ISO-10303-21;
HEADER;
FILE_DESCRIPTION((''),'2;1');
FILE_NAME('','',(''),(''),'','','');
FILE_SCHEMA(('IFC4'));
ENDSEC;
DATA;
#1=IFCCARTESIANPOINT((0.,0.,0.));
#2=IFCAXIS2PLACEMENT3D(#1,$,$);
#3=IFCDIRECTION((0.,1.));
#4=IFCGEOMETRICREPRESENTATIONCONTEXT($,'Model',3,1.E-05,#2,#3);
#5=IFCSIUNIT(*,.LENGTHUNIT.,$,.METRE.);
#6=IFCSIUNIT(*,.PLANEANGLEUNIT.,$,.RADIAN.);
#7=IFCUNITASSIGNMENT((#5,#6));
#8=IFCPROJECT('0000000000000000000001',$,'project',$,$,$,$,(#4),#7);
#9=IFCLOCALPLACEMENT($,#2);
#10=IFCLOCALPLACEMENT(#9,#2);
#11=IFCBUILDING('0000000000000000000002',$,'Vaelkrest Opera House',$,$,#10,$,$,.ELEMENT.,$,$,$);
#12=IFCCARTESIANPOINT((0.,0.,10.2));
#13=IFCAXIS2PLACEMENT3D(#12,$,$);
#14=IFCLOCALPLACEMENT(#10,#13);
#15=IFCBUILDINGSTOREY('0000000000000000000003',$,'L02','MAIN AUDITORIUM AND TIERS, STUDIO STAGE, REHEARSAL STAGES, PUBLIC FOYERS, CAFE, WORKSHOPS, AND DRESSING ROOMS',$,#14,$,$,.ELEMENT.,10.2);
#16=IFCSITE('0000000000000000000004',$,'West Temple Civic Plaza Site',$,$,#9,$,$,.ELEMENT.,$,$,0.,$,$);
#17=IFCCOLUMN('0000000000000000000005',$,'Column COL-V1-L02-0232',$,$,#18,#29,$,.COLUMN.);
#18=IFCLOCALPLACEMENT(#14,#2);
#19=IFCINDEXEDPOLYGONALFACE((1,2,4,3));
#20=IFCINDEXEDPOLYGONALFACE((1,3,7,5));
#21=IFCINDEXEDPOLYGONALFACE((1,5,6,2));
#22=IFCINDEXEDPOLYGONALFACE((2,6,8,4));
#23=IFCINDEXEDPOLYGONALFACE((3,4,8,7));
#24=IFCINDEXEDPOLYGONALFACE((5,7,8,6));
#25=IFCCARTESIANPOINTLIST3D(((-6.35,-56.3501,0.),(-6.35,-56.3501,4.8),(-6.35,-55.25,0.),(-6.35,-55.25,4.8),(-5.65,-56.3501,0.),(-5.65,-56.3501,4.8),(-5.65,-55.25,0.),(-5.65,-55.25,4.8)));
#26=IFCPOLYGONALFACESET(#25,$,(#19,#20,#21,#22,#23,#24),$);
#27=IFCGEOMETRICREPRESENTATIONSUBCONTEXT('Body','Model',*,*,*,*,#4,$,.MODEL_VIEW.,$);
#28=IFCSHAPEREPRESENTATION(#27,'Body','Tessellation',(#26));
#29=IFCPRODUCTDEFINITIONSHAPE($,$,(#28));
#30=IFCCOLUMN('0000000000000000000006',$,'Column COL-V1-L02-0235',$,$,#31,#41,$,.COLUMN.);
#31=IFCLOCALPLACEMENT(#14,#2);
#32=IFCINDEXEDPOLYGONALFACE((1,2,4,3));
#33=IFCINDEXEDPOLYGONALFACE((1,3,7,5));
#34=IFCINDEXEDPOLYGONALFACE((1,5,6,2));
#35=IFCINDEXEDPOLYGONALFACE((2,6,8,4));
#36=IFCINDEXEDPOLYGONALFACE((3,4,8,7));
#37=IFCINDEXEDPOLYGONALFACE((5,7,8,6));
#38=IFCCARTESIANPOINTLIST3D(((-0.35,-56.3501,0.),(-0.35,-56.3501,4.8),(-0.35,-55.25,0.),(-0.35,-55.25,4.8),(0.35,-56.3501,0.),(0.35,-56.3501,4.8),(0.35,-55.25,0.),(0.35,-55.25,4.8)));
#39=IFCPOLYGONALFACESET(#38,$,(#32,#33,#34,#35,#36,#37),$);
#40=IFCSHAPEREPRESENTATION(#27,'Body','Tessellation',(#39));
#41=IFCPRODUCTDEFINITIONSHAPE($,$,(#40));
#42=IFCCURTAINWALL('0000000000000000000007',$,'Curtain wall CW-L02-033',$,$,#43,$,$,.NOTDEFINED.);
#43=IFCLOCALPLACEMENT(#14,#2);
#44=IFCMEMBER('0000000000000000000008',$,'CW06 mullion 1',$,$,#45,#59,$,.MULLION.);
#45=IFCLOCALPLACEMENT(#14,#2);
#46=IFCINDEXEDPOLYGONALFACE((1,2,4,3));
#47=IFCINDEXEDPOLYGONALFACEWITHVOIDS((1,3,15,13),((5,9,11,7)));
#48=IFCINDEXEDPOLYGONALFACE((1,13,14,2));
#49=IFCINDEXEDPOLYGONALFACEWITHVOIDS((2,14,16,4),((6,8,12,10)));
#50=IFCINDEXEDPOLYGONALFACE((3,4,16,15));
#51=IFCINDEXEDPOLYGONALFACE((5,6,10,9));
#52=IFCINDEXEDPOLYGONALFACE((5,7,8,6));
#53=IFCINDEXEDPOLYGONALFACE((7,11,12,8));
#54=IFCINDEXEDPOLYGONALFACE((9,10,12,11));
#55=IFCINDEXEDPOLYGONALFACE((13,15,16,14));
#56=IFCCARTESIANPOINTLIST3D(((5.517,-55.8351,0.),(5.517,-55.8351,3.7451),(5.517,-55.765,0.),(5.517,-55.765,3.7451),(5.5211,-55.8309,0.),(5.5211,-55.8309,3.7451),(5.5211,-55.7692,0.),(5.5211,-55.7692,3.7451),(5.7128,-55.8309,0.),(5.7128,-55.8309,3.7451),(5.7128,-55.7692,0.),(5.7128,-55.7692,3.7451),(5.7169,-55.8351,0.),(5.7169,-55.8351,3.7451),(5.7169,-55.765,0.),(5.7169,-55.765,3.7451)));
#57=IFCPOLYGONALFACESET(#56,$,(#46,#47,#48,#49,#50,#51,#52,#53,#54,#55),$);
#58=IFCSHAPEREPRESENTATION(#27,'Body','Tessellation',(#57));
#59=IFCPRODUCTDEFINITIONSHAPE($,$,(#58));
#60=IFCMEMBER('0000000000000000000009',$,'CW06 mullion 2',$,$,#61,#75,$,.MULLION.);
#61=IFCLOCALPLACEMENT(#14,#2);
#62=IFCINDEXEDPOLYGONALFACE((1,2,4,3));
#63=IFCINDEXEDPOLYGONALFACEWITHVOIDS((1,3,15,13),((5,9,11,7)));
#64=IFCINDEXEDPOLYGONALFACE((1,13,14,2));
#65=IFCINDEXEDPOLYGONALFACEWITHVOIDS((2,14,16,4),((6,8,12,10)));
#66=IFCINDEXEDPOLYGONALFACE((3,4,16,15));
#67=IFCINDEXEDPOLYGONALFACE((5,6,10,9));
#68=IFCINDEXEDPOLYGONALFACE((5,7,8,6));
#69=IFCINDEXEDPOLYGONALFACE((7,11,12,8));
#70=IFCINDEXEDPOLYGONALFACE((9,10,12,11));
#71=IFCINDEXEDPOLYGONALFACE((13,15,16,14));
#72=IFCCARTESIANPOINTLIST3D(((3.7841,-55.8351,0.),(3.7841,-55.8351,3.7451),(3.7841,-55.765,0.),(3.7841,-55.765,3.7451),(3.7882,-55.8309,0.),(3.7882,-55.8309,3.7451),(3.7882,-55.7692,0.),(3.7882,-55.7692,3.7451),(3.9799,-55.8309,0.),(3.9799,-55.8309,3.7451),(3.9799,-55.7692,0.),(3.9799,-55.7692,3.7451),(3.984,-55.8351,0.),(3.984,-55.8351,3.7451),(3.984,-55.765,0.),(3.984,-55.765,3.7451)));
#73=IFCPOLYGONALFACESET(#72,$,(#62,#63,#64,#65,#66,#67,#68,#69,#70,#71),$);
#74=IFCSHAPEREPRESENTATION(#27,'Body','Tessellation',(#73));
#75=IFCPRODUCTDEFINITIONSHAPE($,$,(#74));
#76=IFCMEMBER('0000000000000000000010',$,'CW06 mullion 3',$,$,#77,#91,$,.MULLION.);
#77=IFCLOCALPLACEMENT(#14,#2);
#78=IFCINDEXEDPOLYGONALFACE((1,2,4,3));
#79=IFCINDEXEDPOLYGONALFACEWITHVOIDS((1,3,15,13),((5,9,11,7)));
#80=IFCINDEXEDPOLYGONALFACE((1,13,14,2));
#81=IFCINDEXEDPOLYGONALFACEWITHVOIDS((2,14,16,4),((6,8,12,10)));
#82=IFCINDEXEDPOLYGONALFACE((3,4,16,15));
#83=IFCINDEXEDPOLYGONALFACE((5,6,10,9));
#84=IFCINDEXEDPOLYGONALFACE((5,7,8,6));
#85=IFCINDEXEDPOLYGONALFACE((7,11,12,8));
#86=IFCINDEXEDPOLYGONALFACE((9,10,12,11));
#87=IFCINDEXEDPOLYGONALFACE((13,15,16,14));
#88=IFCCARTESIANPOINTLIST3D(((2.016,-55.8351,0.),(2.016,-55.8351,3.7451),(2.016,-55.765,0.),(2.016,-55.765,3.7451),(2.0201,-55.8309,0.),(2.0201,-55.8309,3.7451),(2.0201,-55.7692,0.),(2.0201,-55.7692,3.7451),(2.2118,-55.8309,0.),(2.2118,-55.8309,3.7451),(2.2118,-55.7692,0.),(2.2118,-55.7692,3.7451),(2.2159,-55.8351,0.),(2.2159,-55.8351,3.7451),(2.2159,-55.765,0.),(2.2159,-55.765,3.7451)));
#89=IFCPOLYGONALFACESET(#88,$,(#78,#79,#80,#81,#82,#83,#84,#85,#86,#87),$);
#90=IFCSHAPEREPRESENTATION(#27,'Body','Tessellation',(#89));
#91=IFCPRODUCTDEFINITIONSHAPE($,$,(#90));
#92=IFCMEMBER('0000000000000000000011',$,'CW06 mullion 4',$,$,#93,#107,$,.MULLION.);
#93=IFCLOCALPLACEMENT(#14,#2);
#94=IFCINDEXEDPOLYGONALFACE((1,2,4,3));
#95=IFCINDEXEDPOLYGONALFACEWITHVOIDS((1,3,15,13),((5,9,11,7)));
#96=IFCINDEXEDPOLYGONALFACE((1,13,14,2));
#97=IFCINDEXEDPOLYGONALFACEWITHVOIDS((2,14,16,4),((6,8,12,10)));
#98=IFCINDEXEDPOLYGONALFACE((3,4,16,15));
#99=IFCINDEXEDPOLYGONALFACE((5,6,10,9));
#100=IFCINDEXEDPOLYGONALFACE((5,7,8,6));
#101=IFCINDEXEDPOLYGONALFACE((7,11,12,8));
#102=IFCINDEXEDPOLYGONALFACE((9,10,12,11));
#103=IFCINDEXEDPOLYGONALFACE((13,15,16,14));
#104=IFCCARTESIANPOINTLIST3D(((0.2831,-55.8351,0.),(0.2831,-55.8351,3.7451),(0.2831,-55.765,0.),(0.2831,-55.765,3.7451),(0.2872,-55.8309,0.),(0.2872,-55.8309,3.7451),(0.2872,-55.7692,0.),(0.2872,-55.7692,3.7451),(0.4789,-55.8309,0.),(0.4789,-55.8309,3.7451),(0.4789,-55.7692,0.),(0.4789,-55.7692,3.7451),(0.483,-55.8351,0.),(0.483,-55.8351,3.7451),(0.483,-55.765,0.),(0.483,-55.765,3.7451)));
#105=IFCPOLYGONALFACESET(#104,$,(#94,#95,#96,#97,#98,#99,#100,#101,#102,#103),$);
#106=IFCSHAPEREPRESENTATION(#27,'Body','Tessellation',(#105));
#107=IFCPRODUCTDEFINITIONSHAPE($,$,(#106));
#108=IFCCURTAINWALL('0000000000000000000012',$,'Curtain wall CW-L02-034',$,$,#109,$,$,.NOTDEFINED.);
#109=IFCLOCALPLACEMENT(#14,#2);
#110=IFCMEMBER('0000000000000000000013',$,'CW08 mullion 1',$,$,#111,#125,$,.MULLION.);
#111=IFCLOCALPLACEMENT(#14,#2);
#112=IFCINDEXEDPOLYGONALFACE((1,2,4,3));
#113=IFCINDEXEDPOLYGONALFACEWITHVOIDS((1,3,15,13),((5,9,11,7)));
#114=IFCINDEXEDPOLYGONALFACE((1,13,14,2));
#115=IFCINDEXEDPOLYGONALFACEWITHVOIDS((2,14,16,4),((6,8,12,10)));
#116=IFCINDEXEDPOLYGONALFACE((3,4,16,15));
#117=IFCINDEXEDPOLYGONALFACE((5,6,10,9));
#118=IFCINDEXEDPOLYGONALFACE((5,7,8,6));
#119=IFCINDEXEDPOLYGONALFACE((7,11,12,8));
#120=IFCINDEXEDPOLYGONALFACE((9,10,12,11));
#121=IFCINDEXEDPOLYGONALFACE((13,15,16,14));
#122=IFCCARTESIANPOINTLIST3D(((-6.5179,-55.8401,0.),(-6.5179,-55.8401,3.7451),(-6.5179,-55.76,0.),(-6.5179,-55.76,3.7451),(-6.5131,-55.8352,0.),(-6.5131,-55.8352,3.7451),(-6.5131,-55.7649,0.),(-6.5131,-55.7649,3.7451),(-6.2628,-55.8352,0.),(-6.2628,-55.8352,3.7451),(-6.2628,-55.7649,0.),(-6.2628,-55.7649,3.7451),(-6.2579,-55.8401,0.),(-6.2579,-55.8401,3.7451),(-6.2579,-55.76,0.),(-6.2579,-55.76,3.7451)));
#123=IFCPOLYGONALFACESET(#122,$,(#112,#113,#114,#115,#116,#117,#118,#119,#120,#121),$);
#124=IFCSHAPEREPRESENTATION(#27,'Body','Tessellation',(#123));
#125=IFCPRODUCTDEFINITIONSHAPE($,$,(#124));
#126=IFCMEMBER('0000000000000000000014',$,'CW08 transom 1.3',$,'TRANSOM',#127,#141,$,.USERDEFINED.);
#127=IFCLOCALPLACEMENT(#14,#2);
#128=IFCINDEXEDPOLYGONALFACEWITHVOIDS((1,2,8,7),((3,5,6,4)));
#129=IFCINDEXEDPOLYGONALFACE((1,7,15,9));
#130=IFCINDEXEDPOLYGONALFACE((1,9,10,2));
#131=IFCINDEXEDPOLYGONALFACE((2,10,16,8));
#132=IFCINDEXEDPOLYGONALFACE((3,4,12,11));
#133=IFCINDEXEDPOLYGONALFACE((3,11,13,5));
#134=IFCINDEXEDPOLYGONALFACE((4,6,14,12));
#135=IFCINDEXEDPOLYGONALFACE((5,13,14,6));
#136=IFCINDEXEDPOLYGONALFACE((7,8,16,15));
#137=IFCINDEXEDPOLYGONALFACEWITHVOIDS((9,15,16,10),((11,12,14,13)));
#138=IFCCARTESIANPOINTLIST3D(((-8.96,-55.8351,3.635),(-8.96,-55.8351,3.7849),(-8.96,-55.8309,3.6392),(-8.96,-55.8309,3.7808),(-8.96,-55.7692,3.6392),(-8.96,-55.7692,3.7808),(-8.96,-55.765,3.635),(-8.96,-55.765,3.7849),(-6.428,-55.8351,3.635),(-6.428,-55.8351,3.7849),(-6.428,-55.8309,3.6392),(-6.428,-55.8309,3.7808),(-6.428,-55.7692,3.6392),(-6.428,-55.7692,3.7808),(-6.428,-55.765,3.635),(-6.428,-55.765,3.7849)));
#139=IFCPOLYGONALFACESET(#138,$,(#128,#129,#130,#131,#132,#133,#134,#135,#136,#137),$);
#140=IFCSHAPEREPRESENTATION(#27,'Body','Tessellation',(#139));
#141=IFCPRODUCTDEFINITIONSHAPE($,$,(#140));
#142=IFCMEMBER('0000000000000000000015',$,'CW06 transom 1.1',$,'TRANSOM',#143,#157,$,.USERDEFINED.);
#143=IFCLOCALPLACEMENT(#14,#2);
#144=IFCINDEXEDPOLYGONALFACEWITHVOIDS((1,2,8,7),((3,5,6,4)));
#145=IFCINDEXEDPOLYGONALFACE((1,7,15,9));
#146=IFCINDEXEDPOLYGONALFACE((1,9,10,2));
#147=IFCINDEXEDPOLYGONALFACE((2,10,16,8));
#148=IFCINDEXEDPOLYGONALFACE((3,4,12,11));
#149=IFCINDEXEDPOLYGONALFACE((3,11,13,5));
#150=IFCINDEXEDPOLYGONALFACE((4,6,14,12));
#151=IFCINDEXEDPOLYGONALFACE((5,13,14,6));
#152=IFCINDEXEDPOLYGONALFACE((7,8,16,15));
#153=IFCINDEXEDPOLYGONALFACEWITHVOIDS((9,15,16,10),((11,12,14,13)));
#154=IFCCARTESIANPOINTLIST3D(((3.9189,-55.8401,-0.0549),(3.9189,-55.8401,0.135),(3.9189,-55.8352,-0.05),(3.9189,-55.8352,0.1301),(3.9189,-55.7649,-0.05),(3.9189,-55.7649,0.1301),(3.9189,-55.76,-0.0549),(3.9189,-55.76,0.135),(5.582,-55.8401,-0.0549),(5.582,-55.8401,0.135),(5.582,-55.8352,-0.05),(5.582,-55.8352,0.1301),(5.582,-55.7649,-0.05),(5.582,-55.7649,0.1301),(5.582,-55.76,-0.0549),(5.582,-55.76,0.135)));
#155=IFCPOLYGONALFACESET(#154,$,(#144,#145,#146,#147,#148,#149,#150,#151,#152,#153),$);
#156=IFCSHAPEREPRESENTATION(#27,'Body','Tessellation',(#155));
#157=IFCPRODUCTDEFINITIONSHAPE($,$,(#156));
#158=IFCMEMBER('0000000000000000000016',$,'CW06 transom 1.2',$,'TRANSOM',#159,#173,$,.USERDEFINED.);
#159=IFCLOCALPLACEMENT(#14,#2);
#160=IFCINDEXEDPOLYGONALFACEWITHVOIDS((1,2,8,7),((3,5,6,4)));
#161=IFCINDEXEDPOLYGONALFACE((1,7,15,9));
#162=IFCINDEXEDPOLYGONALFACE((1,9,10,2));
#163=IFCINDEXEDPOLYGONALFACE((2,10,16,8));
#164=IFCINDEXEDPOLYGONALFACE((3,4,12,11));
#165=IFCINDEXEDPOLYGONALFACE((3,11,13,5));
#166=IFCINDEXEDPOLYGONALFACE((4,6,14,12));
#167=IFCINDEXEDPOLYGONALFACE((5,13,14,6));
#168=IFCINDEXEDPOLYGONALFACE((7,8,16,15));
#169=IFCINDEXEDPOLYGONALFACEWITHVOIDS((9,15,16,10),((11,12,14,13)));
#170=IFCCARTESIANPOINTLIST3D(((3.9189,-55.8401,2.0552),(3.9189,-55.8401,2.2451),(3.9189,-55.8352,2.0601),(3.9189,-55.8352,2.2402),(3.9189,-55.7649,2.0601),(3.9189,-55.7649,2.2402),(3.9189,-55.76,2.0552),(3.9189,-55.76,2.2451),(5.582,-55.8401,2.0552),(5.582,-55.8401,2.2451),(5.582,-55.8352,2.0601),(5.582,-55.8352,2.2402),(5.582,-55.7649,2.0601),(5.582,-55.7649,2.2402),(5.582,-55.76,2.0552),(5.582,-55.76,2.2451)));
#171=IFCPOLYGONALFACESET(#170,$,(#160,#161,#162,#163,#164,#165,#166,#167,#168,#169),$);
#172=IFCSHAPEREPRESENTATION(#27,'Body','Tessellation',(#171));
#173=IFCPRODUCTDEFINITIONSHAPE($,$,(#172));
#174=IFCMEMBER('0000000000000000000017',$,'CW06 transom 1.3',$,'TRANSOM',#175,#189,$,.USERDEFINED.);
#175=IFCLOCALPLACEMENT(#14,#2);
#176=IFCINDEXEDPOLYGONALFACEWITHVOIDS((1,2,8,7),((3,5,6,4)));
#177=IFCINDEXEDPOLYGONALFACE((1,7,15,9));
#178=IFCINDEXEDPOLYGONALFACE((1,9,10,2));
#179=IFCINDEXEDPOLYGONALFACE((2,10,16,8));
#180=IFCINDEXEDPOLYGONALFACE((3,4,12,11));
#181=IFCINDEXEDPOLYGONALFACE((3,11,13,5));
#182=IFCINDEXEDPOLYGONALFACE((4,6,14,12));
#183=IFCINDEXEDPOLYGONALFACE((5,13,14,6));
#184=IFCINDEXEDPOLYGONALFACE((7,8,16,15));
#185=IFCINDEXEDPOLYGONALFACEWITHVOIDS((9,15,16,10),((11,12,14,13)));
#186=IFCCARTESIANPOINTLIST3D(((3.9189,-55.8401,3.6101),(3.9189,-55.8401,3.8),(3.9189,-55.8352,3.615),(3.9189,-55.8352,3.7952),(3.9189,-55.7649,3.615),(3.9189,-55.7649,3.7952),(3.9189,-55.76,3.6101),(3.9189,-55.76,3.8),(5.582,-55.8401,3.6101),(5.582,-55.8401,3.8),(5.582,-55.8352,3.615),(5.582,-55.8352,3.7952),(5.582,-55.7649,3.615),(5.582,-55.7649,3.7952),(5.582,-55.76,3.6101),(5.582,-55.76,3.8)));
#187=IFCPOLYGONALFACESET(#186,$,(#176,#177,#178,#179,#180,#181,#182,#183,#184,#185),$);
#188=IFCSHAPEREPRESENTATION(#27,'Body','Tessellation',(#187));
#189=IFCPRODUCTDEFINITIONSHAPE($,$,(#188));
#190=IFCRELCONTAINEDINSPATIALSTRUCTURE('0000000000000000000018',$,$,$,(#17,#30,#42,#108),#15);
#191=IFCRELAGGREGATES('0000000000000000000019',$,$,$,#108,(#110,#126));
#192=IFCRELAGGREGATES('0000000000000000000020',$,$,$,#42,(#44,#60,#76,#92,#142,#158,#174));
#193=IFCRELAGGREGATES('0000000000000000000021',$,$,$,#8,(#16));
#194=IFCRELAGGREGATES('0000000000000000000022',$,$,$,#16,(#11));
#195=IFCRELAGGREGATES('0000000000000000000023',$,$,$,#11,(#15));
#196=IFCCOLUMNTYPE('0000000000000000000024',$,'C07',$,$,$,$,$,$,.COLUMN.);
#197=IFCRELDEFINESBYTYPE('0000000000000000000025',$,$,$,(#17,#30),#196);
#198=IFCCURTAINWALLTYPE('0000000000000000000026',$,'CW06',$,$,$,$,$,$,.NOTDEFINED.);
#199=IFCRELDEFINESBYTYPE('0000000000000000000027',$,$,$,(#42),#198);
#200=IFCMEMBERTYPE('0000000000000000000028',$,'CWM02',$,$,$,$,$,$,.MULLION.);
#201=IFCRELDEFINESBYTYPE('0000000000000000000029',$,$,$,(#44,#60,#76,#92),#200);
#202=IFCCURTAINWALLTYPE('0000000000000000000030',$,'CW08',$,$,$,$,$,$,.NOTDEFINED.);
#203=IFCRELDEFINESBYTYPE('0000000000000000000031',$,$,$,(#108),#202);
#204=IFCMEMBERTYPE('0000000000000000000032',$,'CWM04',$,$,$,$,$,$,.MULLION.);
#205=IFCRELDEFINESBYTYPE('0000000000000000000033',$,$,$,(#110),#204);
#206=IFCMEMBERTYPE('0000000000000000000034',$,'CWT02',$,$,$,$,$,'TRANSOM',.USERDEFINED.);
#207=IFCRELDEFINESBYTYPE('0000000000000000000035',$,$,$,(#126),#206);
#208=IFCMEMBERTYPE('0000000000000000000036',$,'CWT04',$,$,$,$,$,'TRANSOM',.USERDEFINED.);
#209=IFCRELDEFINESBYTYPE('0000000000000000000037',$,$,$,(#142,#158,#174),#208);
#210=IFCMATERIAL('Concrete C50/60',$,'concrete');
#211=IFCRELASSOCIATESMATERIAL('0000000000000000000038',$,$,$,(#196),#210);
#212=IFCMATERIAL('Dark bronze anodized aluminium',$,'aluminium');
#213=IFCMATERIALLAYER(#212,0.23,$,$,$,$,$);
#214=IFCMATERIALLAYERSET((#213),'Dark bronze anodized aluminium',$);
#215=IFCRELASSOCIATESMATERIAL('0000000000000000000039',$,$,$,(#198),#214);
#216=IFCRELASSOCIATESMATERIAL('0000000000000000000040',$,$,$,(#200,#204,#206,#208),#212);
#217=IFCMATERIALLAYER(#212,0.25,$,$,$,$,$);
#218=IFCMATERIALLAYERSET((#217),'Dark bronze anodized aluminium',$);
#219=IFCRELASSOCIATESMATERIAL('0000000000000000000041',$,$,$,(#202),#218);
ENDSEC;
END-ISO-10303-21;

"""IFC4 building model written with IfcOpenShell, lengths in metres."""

from ifc_helpers import new_model, si_unit, direction, frame, origin, origin_2d, place, context, subcontext, project, spatial, rectangle, hollow_rectangle, extrude, material, layer, layer_set, material_profile, profile_set, type_object, element, aggregate, save


model = new_model("IFC4")

# Units and contexts
model_context = context("Model", 3, precision=1e-05, world=origin(), true_north=direction((0.0, 1.0)))
body_context = subcontext(model_context, "Body", "Model", "MODEL_VIEW")
ifc_project = project(units=[si_unit("LENGTHUNIT", "METRE"), si_unit("PLANEANGLEUNIT", "RADIAN")], contexts=[model_context])

# Site, building, storey
site_placement = place(None, origin())
site = spatial("IfcSite", under=ifc_project, at=site_placement, Name="West Temple Civic Plaza Site", CompositionType="ELEMENT", RefElevation=0.0)
building_placement = place(site_placement, origin())
building = spatial("IfcBuilding", under=site, at=building_placement, Name="Vaelkrest Opera House", CompositionType="ELEMENT")
storey_placement = place(building_placement, frame((0.0, 0.0, 10.2)))
storey = spatial("IfcBuildingStorey", under=building, at=storey_placement, Name="L02", Description="MAIN AUDITORIUM AND TIERS, STUDIO STAGE, REHEARSAL STAGES, PUBLIC FOYERS, CAFE, WORKSHOPS, AND DRESSING ROOMS", CompositionType="ELEMENT", Elevation=10.2)

# Columns
ifc_material_1 = material(Name="Concrete C50/60", Category="concrete")
ifc_material_profile_1 = material_profile(ifc_material_1, rectangle(XDim=0.7, YDim=1.1001, at=origin_2d()), Name="RC700X1100")
ifc_profile_set_1 = profile_set([ifc_material_profile_1], Name="Concrete C50/60")
column_type = type_object("IfcColumnType", Name="C07", PredefinedType="COLUMN", material=ifc_profile_set_1)
for number, where, z_axis, x_axis, name in (
    (1, (-6.0, -55.8, 0.0), (0.0, 0.0, 1.0), (1.0, 0.0, 0.0), "Column COL-V1-L02-0232"),
    (2, (0.0, -55.8, 0.0), (0.0, 0.0, 1.0), (1.0, 0.0, 0.0), "Column COL-V1-L02-0235"),
):
    element("IfcColumn", number, at=place(storey_placement, frame(where, z_axis=z_axis, x_axis=x_axis)), inside=storey, type_object=column_type, Name=name, PredefinedType="COLUMN", context=body_context, shape_type="SweptSolid", body=[
        extrude(rectangle(XDim=0.7, YDim=1.1001, at=origin_2d()), origin(), (0.0, 0.0, 1.0), 4.8),
    ])

# Curtain walls, members
ifc_material_2 = material(Name="Dark bronze anodized aluminium", Category="aluminium")
ifc_layer_1 = layer(ifc_material_2, 0.23)
ifc_layer_set_1 = layer_set([ifc_layer_1], Name="Dark bronze anodized aluminium")
curtain_wall_type_1 = type_object("IfcCurtainWallType", Name="CW06", PredefinedType="NOTDEFINED", material=ifc_layer_set_1)
curtain_wall_1_placement = place(storey_placement, origin())
curtain_wall_1 = element("IfcCurtainWall", 3, at=curtain_wall_1_placement, inside=storey, type_object=curtain_wall_type_1, Name="Curtain wall CW-L02-033", PredefinedType="NOTDEFINED")
ifc_material_profile_2 = material_profile(ifc_material_2, hollow_rectangle(XDim=0.0701, YDim=0.2, WallThickness=0.0042, at=origin_2d()), Name="CWM70X200")
ifc_profile_set_2 = profile_set([ifc_material_profile_2], Name="Dark bronze anodized aluminium")
member_type_1 = type_object("IfcMemberType", Name="CWM02", PredefinedType="MULLION", material=ifc_profile_set_2)
member_1_placement = place(storey_placement, frame((5.6169, -55.8, 0.0), z_axis=(0.0, 0.0, 1.0), x_axis=(0.0, -1.0, 0.0)))
member_1 = element("IfcMember", 4, at=member_1_placement, type_object=member_type_1, Name="CW06 mullion 1", PredefinedType="MULLION", context=body_context, shape_type="SweptSolid", body=[
    extrude(hollow_rectangle(XDim=0.0701, YDim=0.2, WallThickness=0.0042, at=origin_2d()), origin(), (0.0, 0.0, 1.0), 3.7451),
])
member_2_placement = place(storey_placement, frame((3.884, -55.8, 0.0), z_axis=(0.0, 0.0, 1.0), x_axis=(0.0, -1.0, 0.0)))
member_2 = element("IfcMember", 5, at=member_2_placement, type_object=member_type_1, Name="CW06 mullion 2", PredefinedType="MULLION", context=body_context, shape_type="SweptSolid", body=[
    extrude(hollow_rectangle(XDim=0.0701, YDim=0.2, WallThickness=0.0042, at=origin_2d()), origin(), (0.0, 0.0, 1.0), 3.7451),
])
member_3_placement = place(storey_placement, frame((2.116, -55.8, 0.0), z_axis=(0.0, 0.0, 1.0), x_axis=(0.0, -1.0, 0.0)))
member_3 = element("IfcMember", 6, at=member_3_placement, type_object=member_type_1, Name="CW06 mullion 3", PredefinedType="MULLION", context=body_context, shape_type="SweptSolid", body=[
    extrude(hollow_rectangle(XDim=0.0701, YDim=0.2, WallThickness=0.0042, at=origin_2d()), origin(), (0.0, 0.0, 1.0), 3.7451),
])
member_4_placement = place(storey_placement, frame((0.3831, -55.8, 0.0), z_axis=(0.0, 0.0, 1.0), x_axis=(0.0, -1.0, 0.0)))
member_4 = element("IfcMember", 7, at=member_4_placement, type_object=member_type_1, Name="CW06 mullion 4", PredefinedType="MULLION", context=body_context, shape_type="SweptSolid", body=[
    extrude(hollow_rectangle(XDim=0.0701, YDim=0.2, WallThickness=0.0042, at=origin_2d()), origin(), (0.0, 0.0, 1.0), 3.7451),
])
ifc_layer_2 = layer(ifc_material_2, 0.25)
ifc_layer_set_2 = layer_set([ifc_layer_2], Name="Dark bronze anodized aluminium")
curtain_wall_type_2 = type_object("IfcCurtainWallType", Name="CW08", PredefinedType="NOTDEFINED", material=ifc_layer_set_2)
curtain_wall_2_placement = place(storey_placement, origin())
curtain_wall_2 = element("IfcCurtainWall", 8, at=curtain_wall_2_placement, inside=storey, type_object=curtain_wall_type_2, Name="Curtain wall CW-L02-034", PredefinedType="NOTDEFINED")
ifc_material_profile_3 = material_profile(ifc_material_2, hollow_rectangle(XDim=0.0801, YDim=0.26, WallThickness=0.0049, at=origin_2d()), Name="CWM80X260")
ifc_profile_set_3 = profile_set([ifc_material_profile_3], Name="Dark bronze anodized aluminium")
member_type_2 = type_object("IfcMemberType", Name="CWM04", PredefinedType="MULLION", material=ifc_profile_set_3)
member_5_placement = place(storey_placement, frame((-6.3879, -55.8, 0.0), z_axis=(0.0, 0.0, 1.0), x_axis=(0.0, -1.0, 0.0)))
member_5 = element("IfcMember", 9, at=member_5_placement, type_object=member_type_2, Name="CW08 mullion 1", PredefinedType="MULLION", context=body_context, shape_type="SweptSolid", body=[
    extrude(hollow_rectangle(XDim=0.0801, YDim=0.26, WallThickness=0.0049, at=origin_2d()), origin(), (0.0, 0.0, 1.0), 3.7451),
])
ifc_material_profile_4 = material_profile(ifc_material_2, hollow_rectangle(XDim=0.0701, YDim=0.1499, WallThickness=0.0042, at=origin_2d()), Name="CWT70X150")
ifc_profile_set_4 = profile_set([ifc_material_profile_4], Name="Dark bronze anodized aluminium")
member_type_3 = type_object("IfcMemberType", Name="CWT02", ElementType="TRANSOM", PredefinedType="USERDEFINED", material=ifc_profile_set_4)
member_6_placement = place(storey_placement, frame((-6.428, -55.8, 3.71), z_axis=(-1.0, 0.0, 0.0), x_axis=(0.0, -1.0, 0.0)))
member_6 = element("IfcMember", 10, at=member_6_placement, type_object=member_type_3, Name="CW08 transom 1.3", ObjectType="TRANSOM", PredefinedType="USERDEFINED", context=body_context, shape_type="SweptSolid", body=[
    extrude(hollow_rectangle(XDim=0.0701, YDim=0.1499, WallThickness=0.0042, at=origin_2d()), origin(), (0.0, 0.0, 1.0), 2.532),
])
aggregate(curtain_wall_2, [member_5, member_6])

# Members
ifc_material_profile_5 = material_profile(ifc_material_2, hollow_rectangle(XDim=0.0801, YDim=0.1899, WallThickness=0.0049, at=origin_2d()), Name="CWT80X190")
ifc_profile_set_5 = profile_set([ifc_material_profile_5], Name="Dark bronze anodized aluminium")
member_type_4 = type_object("IfcMemberType", Name="CWT04", ElementType="TRANSOM", PredefinedType="USERDEFINED", material=ifc_profile_set_5)
member_7_placement = place(storey_placement, frame((5.582, -55.8, 0.04), z_axis=(-1.0, 0.0, 0.0), x_axis=(0.0, -1.0, 0.0)))
member_7 = element("IfcMember", 11, at=member_7_placement, type_object=member_type_4, Name="CW06 transom 1.1", ObjectType="TRANSOM", PredefinedType="USERDEFINED", context=body_context, shape_type="SweptSolid", body=[
    extrude(hollow_rectangle(XDim=0.0801, YDim=0.1899, WallThickness=0.0049, at=origin_2d()), origin(), (0.0, 0.0, 1.0), 1.6631),
])
member_8_placement = place(storey_placement, frame((5.582, -55.8, 2.1501), z_axis=(-1.0, 0.0, 0.0), x_axis=(0.0, -1.0, 0.0)))
member_8 = element("IfcMember", 12, at=member_8_placement, type_object=member_type_4, Name="CW06 transom 1.2", ObjectType="TRANSOM", PredefinedType="USERDEFINED", context=body_context, shape_type="SweptSolid", body=[
    extrude(hollow_rectangle(XDim=0.0801, YDim=0.1899, WallThickness=0.0049, at=origin_2d()), origin(), (0.0, 0.0, 1.0), 1.6631),
])
member_9_placement = place(storey_placement, frame((5.582, -55.8, 3.7051), z_axis=(-1.0, 0.0, 0.0), x_axis=(0.0, -1.0, 0.0)))
member_9 = element("IfcMember", 13, at=member_9_placement, type_object=member_type_4, Name="CW06 transom 1.3", ObjectType="TRANSOM", PredefinedType="USERDEFINED", context=body_context, shape_type="SweptSolid", body=[
    extrude(hollow_rectangle(XDim=0.0801, YDim=0.1899, WallThickness=0.0049, at=origin_2d()), origin(), (0.0, 0.0, 1.0), 1.6631),
])

aggregate(curtain_wall_1, [member_1, member_2, member_3, member_4, member_7, member_8, member_9])

save(model, "model.ifc")
